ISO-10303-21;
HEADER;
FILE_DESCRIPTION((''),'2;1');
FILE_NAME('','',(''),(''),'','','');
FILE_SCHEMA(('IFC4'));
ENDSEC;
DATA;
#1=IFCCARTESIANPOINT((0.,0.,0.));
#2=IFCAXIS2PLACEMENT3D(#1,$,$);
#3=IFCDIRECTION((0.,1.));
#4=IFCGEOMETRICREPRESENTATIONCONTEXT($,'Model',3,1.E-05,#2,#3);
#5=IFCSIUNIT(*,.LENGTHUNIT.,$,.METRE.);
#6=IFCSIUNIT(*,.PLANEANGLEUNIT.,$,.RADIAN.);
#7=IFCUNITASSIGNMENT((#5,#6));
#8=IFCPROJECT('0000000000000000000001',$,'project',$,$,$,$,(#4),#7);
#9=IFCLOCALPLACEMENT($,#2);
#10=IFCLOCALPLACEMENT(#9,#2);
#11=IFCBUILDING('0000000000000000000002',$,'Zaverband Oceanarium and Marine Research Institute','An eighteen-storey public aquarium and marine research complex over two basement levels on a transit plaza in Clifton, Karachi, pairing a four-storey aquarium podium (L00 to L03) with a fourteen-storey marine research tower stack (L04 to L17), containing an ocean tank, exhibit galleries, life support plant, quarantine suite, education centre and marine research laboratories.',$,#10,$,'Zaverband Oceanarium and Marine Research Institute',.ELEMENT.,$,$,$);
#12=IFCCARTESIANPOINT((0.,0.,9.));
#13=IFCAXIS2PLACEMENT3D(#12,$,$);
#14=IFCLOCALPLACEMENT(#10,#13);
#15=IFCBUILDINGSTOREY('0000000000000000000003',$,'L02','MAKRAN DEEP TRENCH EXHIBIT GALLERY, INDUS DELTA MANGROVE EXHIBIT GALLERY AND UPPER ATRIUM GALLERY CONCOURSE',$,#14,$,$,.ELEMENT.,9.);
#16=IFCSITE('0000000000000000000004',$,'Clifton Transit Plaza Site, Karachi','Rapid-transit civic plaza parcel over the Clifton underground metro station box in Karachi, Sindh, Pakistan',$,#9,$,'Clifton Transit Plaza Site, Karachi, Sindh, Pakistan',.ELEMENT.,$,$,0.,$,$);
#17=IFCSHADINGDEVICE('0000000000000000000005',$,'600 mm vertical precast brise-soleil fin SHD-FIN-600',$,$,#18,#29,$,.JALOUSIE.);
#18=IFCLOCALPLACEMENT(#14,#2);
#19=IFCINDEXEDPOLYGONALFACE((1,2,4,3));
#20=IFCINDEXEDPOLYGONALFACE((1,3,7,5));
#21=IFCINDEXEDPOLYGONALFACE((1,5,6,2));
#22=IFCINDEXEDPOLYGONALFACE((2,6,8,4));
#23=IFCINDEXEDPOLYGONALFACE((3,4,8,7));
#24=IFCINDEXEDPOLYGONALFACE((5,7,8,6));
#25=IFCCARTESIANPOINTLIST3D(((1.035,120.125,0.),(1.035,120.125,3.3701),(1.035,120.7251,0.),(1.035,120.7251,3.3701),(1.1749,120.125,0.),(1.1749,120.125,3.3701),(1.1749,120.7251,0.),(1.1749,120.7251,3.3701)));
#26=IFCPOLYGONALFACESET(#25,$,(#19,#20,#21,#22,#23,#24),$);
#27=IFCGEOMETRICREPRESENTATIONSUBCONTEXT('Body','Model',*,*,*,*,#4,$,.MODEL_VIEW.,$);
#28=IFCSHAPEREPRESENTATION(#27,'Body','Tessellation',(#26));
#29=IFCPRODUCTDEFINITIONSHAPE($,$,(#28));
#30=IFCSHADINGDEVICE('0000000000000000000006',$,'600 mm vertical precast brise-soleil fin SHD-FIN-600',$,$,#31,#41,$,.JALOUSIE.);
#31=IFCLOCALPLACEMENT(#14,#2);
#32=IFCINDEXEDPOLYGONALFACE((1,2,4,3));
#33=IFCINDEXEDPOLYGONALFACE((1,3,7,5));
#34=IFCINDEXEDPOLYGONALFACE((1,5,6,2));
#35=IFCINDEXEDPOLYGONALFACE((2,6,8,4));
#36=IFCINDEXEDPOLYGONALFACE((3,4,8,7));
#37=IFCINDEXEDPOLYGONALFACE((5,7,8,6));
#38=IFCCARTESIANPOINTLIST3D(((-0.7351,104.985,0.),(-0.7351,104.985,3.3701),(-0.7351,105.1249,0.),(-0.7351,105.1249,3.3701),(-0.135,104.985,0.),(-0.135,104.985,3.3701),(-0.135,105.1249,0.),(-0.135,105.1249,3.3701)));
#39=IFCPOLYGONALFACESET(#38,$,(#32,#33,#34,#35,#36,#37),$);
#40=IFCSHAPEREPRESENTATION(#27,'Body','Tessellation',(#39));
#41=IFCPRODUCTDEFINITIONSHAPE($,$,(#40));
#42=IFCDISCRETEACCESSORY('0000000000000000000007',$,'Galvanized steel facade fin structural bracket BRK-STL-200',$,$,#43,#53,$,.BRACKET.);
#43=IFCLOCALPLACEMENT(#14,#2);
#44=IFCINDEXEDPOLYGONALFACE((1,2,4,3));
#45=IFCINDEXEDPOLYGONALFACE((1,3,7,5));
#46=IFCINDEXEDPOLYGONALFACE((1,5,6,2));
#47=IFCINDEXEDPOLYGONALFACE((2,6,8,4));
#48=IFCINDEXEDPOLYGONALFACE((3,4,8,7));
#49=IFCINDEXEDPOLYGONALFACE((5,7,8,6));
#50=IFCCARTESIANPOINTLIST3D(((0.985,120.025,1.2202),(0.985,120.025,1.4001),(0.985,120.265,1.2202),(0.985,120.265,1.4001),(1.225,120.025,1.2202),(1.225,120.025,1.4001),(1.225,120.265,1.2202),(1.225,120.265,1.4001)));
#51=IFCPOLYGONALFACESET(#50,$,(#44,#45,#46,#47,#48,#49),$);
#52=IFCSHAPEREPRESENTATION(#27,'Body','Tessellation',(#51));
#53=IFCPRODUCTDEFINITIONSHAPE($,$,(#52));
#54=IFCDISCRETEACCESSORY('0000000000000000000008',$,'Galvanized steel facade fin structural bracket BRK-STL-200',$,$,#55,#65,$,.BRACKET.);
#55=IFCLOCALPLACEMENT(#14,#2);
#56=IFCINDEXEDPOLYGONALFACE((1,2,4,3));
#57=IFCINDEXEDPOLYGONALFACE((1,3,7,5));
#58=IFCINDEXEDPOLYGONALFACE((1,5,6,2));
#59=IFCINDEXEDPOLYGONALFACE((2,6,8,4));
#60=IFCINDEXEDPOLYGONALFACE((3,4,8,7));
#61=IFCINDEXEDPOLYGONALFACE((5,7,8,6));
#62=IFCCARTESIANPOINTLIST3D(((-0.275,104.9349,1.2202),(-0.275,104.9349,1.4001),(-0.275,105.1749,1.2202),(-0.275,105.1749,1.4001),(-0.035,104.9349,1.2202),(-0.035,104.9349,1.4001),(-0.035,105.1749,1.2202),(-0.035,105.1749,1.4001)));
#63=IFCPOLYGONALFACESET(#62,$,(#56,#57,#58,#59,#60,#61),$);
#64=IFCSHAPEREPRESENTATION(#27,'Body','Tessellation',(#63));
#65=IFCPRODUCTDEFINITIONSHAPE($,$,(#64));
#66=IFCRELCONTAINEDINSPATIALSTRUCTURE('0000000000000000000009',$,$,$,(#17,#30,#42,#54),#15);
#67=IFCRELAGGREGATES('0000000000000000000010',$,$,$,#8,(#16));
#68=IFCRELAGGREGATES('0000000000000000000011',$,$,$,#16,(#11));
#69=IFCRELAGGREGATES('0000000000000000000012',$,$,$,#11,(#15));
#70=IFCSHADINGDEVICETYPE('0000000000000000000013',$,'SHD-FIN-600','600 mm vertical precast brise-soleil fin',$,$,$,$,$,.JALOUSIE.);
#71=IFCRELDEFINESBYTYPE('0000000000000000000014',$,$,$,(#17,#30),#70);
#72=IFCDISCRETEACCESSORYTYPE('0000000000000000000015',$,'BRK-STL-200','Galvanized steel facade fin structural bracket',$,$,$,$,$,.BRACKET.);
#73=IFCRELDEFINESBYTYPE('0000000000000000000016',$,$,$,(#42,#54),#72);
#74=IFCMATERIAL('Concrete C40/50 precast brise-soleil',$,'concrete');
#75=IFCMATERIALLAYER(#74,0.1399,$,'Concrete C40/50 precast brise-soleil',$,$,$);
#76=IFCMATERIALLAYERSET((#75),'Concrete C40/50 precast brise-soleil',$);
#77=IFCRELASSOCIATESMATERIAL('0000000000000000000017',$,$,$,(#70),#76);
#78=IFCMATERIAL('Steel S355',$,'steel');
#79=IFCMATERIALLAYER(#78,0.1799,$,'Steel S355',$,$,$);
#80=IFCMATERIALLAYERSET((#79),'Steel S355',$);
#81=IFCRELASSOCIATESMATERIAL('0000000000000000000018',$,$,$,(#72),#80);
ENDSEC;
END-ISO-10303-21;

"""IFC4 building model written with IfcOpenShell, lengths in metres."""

from ifc_helpers import new_model, si_unit, direction, frame, frame_2d, origin, origin_2d, place, context, subcontext, project, spatial, rectangle, extrude, material, layer, layer_set, type_object, element, save


model = new_model("IFC4")

# Units and contexts
model_context = context("Model", 3, precision=1e-05, world=origin(), true_north=direction((0.0, 1.0)))
body_context = subcontext(model_context, "Body", "Model", "MODEL_VIEW")
ifc_project = project(units=[si_unit("LENGTHUNIT", "METRE"), si_unit("PLANEANGLEUNIT", "RADIAN")], contexts=[model_context])

# Site, building, storey
site_placement = place(None, origin())
site = spatial("IfcSite", under=ifc_project, at=site_placement, Name="Clifton Transit Plaza Site, Karachi", Description="Rapid-transit civic plaza parcel over the Clifton underground metro station box in Karachi, Sindh, Pakistan", LongName="Clifton Transit Plaza Site, Karachi, Sindh, Pakistan", CompositionType="ELEMENT", RefElevation=0.0)
building_placement = place(site_placement, origin())
building = spatial("IfcBuilding", under=site, at=building_placement, Name="Zaverband Oceanarium and Marine Research Institute", Description="An eighteen-storey public aquarium and marine research complex over two basement levels on a transit plaza in Clifton, Karachi, pairing a four-storey aquarium podium (L00 to L03) with a fourteen-storey marine research tower stack (L04 to L17), containing an ocean tank, exhibit galleries, life support plant, quarantine suite, education centre and marine research laboratories.", LongName="Zaverband Oceanarium and Marine Research Institute", CompositionType="ELEMENT")
storey_placement = place(building_placement, frame((0.0, 0.0, 9.0)))
storey = spatial("IfcBuildingStorey", under=building, at=storey_placement, Name="L02", Description="MAKRAN DEEP TRENCH EXHIBIT GALLERY, INDUS DELTA MANGROVE EXHIBIT GALLERY AND UPPER ATRIUM GALLERY CONCOURSE", CompositionType="ELEMENT", Elevation=9.0)

# Shading devices
ifc_material_1 = material(Name="Concrete C40/50 precast brise-soleil", Category="concrete")
ifc_layer_1 = layer(ifc_material_1, 0.1399, Name="Concrete C40/50 precast brise-soleil")
ifc_layer_set_1 = layer_set([ifc_layer_1], Name="Concrete C40/50 precast brise-soleil")
shading_device_type = type_object("IfcShadingDeviceType", Name="SHD-FIN-600", Description="600 mm vertical precast brise-soleil fin", PredefinedType="JALOUSIE", material=ifc_layer_set_1)
for number, where, z_axis, x_axis, name in (
    (1, (1.105, 120.125, 0.0), (0.0, 0.0, 1.0), (0.0, 1.0, 0.0), "600 mm vertical precast brise-soleil fin SHD-FIN-600"),
    (2, (-0.135, 105.0549, 0.0), (0.0, 0.0, 1.0), (-1.0, 0.0, 0.0), "600 mm vertical precast brise-soleil fin SHD-FIN-600"),
):
    element("IfcShadingDevice", number, at=place(storey_placement, frame(where, z_axis=z_axis, x_axis=x_axis)), inside=storey, type_object=shading_device_type, Name=name, PredefinedType="JALOUSIE", context=body_context, shape_type="SweptSolid", body=[
        extrude(rectangle(XDim=0.6001, YDim=0.1399, at=frame_2d((0.3, 0.0))), origin(), (0.0, 0.0, 1.0), 3.3701),
    ])

# Discrete accessories
ifc_material_2 = material(Name="Steel S355", Category="steel")
ifc_layer_2 = layer(ifc_material_2, 0.1799, Name="Steel S355")
ifc_layer_set_2 = layer_set([ifc_layer_2], Name="Steel S355")
discrete_accessory_type = type_object("IfcDiscreteAccessoryType", Name="BRK-STL-200", Description="Galvanized steel facade fin structural bracket", PredefinedType="BRACKET", material=ifc_layer_set_2)
for number, where, z_axis, x_axis, name in (
    (3, (1.105, 120.145, 1.2202), (0.0, 0.0, 1.0), (1.0, 0.0, 0.0), "Galvanized steel facade fin structural bracket BRK-STL-200"),
    (4, (-0.155, 105.0549, 1.2202), (0.0, 0.0, 1.0), (1.0, 0.0, 0.0), "Galvanized steel facade fin structural bracket BRK-STL-200"),
):
    element("IfcDiscreteAccessory", number, at=place(storey_placement, frame(where, z_axis=z_axis, x_axis=x_axis)), inside=storey, type_object=discrete_accessory_type, Name=name, PredefinedType="BRACKET", context=body_context, shape_type="SweptSolid", body=[
        extrude(rectangle(XDim=0.24, YDim=0.24, at=origin_2d()), origin(), (0.0, 0.0, 1.0), 0.1799),
    ])

save(model, "model.ifc")
